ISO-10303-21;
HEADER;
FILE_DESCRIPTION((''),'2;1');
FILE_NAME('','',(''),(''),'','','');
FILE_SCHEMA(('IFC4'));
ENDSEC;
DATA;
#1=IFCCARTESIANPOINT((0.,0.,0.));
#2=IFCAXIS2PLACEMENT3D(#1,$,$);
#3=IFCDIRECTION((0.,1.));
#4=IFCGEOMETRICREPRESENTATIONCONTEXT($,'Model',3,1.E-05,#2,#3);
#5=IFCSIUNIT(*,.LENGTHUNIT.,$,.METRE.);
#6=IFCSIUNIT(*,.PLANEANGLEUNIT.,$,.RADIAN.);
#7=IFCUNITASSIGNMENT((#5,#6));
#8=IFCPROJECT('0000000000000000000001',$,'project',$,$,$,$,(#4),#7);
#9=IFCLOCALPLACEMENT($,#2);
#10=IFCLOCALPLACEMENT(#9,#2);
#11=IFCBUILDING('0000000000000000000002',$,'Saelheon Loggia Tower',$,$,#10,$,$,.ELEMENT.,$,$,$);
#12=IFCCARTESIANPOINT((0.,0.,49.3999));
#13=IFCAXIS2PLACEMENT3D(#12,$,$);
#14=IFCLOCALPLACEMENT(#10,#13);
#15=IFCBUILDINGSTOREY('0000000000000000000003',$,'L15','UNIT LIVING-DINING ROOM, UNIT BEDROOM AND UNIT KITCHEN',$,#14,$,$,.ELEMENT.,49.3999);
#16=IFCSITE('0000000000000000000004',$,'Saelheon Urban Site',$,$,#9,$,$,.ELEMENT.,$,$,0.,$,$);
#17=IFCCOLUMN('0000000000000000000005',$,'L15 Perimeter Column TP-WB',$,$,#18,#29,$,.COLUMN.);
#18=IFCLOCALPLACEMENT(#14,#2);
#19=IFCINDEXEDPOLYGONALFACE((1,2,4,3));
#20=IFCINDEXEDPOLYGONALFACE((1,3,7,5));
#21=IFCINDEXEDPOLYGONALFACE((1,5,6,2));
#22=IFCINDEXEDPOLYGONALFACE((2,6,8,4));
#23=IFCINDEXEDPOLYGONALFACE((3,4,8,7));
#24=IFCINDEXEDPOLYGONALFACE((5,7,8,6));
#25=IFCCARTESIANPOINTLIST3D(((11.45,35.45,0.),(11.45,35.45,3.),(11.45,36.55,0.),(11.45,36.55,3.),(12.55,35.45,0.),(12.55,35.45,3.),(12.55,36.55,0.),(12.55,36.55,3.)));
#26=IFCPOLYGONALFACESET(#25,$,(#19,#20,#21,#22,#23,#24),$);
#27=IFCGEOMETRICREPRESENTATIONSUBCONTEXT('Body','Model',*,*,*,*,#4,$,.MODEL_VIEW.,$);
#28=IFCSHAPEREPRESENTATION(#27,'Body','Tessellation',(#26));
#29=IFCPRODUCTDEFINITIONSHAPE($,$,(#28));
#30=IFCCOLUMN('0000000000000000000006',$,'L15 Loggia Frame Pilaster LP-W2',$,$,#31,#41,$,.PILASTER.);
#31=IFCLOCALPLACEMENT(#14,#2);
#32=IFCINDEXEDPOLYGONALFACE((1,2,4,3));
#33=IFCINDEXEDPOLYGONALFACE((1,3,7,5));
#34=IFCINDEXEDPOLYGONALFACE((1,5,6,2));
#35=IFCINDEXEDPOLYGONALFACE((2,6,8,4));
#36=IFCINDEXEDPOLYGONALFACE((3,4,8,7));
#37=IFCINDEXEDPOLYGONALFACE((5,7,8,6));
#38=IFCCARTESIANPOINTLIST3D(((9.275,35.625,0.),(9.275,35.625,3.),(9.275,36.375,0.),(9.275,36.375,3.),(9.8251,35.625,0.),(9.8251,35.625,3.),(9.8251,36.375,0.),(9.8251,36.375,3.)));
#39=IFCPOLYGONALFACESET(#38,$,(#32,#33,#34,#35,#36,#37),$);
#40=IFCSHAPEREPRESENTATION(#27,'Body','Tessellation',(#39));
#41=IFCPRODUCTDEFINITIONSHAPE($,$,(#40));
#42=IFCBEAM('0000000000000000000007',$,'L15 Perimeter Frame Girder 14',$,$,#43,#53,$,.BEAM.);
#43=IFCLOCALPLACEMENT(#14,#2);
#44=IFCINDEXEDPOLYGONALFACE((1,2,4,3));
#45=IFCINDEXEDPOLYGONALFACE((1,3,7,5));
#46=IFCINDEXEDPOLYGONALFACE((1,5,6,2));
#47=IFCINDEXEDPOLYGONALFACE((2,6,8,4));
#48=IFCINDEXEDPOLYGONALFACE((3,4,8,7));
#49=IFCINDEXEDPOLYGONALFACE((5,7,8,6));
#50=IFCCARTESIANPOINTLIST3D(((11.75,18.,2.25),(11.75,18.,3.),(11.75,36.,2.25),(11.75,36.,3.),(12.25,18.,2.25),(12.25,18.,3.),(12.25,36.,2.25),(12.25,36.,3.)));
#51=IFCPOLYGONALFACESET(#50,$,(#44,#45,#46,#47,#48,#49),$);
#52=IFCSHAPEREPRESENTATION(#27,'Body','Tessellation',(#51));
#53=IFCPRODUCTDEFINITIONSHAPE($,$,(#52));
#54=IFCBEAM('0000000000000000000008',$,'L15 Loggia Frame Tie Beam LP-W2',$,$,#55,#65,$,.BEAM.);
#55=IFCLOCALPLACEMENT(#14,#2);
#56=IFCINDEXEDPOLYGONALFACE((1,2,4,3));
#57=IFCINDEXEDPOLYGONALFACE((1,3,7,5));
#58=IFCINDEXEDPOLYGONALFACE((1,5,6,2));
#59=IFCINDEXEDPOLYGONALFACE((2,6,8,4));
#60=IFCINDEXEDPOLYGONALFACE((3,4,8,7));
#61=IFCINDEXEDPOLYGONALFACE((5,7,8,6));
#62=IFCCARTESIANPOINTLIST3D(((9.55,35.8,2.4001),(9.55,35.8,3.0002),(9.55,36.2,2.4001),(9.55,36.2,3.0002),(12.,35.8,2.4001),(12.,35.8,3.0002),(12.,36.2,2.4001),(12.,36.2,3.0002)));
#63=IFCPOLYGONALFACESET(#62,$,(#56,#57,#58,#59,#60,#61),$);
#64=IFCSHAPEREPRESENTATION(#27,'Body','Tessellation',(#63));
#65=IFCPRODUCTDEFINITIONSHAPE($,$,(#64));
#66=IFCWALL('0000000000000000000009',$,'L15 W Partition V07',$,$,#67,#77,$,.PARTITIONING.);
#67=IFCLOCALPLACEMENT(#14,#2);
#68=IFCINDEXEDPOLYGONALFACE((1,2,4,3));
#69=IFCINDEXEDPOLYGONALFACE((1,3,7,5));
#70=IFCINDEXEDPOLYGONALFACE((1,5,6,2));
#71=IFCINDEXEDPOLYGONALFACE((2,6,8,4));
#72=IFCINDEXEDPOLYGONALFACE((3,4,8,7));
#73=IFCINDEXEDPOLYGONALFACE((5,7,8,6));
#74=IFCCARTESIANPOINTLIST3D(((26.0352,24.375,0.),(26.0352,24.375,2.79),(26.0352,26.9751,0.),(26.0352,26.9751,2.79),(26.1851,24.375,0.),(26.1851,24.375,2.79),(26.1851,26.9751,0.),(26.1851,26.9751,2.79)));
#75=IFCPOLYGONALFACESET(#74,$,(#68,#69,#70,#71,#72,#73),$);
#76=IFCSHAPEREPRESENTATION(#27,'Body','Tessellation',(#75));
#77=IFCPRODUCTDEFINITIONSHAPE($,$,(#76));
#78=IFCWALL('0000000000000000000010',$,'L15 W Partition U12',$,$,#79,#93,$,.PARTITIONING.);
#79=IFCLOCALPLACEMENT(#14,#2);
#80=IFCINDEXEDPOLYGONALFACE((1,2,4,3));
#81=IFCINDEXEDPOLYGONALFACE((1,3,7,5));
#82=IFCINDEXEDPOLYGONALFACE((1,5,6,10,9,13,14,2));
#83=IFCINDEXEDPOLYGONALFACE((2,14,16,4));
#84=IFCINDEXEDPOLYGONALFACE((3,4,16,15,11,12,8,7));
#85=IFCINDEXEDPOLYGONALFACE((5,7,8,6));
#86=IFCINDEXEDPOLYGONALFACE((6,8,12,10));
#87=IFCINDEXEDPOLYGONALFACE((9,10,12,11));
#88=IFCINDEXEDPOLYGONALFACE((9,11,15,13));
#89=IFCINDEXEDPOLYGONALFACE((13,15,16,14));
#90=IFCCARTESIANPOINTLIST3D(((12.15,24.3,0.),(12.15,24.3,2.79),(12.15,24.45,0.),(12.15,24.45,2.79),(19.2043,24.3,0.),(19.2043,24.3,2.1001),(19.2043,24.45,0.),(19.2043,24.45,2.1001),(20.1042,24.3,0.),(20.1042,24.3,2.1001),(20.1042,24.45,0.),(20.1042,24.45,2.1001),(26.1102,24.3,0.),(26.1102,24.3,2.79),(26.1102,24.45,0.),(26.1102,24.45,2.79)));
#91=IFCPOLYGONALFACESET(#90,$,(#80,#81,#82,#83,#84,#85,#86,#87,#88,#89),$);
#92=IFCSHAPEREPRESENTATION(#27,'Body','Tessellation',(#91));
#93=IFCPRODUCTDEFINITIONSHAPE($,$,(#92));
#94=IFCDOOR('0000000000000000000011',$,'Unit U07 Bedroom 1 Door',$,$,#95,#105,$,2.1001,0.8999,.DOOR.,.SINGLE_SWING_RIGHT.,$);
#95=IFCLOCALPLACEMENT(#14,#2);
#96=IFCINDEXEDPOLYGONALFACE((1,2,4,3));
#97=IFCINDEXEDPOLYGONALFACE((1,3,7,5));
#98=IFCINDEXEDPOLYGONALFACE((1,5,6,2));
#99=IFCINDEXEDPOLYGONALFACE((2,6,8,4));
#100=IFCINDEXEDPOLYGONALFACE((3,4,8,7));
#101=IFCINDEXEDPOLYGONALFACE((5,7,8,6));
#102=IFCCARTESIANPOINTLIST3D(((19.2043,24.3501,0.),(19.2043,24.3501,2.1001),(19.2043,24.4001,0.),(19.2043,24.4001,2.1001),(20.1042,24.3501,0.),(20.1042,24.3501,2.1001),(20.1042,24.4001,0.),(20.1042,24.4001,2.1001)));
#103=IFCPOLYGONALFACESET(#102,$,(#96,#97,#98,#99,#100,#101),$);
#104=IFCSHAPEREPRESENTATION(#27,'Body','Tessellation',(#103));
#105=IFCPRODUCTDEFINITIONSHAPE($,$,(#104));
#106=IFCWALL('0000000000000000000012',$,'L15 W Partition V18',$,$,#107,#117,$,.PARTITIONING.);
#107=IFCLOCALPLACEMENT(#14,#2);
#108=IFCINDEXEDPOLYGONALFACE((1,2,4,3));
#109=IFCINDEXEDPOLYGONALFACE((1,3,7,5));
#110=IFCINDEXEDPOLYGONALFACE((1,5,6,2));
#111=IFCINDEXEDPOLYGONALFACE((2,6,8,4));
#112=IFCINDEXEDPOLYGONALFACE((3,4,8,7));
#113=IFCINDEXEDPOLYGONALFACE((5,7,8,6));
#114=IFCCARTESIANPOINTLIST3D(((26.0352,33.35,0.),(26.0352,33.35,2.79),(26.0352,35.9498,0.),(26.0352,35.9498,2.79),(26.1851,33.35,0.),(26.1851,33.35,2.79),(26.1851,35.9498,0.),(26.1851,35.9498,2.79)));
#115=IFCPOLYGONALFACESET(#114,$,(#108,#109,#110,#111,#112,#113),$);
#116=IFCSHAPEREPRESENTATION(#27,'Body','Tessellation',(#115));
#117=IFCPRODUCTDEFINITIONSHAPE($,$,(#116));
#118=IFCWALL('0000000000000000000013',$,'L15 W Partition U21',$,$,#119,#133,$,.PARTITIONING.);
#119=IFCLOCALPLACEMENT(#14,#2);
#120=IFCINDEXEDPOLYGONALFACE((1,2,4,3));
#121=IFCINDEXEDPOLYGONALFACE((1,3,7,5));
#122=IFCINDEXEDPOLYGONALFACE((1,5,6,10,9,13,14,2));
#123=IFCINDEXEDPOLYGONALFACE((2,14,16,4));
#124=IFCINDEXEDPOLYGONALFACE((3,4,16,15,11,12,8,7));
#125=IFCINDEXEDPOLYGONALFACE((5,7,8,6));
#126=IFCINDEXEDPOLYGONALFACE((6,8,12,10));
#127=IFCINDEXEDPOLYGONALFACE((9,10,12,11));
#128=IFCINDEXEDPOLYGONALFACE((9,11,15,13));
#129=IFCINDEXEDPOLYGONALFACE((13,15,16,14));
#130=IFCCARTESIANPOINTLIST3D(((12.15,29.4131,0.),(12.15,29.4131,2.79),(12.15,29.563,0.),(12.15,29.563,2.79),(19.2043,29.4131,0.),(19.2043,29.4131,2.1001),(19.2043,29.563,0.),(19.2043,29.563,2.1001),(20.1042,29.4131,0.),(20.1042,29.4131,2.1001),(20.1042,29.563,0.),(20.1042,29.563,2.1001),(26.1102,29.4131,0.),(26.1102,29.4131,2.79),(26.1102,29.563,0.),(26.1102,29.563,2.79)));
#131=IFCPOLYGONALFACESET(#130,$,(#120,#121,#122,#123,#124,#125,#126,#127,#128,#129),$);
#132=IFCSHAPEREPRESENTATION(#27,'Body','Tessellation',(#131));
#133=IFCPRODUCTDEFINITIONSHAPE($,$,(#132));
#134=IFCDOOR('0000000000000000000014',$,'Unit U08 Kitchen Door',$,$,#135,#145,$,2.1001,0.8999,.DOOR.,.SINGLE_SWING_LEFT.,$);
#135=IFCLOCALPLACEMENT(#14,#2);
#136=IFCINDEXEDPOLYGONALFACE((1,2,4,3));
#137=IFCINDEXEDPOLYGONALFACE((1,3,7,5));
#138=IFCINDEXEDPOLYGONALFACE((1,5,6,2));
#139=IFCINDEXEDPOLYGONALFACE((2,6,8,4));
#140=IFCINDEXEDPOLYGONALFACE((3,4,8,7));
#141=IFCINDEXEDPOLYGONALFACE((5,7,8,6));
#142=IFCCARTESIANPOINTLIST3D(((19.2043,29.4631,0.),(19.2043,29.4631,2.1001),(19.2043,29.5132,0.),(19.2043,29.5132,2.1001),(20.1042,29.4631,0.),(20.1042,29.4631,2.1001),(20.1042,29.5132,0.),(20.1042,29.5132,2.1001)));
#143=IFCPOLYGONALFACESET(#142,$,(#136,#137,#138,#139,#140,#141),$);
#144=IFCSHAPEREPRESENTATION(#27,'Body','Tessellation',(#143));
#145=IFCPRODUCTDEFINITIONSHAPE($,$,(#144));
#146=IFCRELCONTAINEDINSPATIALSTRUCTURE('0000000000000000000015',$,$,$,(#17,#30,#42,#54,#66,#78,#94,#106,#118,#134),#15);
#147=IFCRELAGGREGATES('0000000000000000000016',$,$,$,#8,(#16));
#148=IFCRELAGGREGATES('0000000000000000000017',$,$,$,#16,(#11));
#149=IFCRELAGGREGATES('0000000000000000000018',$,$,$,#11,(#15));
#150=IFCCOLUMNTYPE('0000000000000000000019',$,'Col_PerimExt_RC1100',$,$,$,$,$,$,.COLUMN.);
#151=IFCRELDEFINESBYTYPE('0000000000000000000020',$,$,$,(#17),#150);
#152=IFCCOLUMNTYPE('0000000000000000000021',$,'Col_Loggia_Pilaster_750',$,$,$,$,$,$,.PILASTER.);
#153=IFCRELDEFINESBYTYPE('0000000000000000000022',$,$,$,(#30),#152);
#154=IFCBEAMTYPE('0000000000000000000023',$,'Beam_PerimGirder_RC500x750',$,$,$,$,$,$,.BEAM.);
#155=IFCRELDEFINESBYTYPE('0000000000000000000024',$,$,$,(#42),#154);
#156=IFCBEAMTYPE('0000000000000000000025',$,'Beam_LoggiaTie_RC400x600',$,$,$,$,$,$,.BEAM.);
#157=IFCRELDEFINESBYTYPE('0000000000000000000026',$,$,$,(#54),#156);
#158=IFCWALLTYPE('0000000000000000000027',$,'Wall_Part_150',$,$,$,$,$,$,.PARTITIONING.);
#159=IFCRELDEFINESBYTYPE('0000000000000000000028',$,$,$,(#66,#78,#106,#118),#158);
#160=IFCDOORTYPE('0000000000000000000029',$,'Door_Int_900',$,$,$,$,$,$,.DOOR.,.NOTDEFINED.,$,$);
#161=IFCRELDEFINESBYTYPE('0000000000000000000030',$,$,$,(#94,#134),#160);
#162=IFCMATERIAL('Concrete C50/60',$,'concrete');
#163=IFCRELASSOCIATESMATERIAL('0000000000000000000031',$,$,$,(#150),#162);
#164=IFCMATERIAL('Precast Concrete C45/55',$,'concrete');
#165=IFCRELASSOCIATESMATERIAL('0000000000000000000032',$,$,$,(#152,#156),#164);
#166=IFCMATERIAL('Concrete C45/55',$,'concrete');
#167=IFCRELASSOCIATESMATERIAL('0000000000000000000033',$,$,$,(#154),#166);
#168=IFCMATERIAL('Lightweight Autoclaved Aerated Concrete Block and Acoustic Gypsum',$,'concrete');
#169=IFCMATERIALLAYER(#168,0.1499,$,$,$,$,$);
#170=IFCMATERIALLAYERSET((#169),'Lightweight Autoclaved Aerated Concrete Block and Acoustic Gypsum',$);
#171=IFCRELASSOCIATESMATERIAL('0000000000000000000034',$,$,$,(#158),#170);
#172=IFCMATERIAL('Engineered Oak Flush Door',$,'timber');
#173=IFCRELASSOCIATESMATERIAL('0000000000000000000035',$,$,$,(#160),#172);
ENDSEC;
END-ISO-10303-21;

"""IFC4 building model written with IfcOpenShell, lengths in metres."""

from ifc_helpers import new_model, si_unit, direction, frame, frame_2d, origin, origin_2d, place, context, subcontext, project, spatial, rectangle, extrude, source, transform, mapped, material, layer, layer_set, material_profile, profile_set, type_object, element, fill, save


model = new_model("IFC4")

# Units and contexts
model_context = context("Model", 3, precision=1e-05, world=origin(), true_north=direction((0.0, 1.0)))
body_context = subcontext(model_context, "Body", "Model", "MODEL_VIEW")
ifc_project = project(units=[si_unit("LENGTHUNIT", "METRE"), si_unit("PLANEANGLEUNIT", "RADIAN")], contexts=[model_context])

# Site, building, storey
site_placement = place(None, origin())
site = spatial("IfcSite", under=ifc_project, at=site_placement, Name="Saelheon Urban Site", CompositionType="ELEMENT", RefElevation=0.0)
building_placement = place(site_placement, origin())
building = spatial("IfcBuilding", under=site, at=building_placement, Name="Saelheon Loggia Tower", CompositionType="ELEMENT")
storey_placement = place(building_placement, frame((0.0, 0.0, 49.3999)))
storey = spatial("IfcBuildingStorey", under=building, at=storey_placement, Name="L15", Description="UNIT LIVING-DINING ROOM, UNIT BEDROOM AND UNIT KITCHEN", CompositionType="ELEMENT", Elevation=49.3999)

# Columns
ifc_material_1 = material(Name="Concrete C50/60", Category="concrete")
ifc_material_profile_1 = material_profile(ifc_material_1, rectangle(XDim=1.1001, YDim=1.1001, at=origin_2d()), Name="RC-1100x1100")
ifc_profile_set_1 = profile_set([ifc_material_profile_1], Name="Concrete C50/60")
column_type_1 = type_object("IfcColumnType", Name="Col_PerimExt_RC1100", PredefinedType="COLUMN", material=ifc_profile_set_1)
shared_shape_1 = source(origin(), body_context, "Body", "SweptSolid", [
    extrude(rectangle(XDim=1.1001, YDim=1.1001, at=origin_2d()), origin(), (0.0, 0.0, 1.0), 3.0),
])
column_1_placement = place(storey_placement, frame((12.0, 36.0, 0.0), z_axis=(0.0, 0.0, 1.0), x_axis=(1.0, 0.0, 0.0)))
element("IfcColumn", 1, at=column_1_placement, inside=storey, type_object=column_type_1, Name="L15 Perimeter Column TP-WB", PredefinedType="COLUMN", context=body_context, shape_type="MappedRepresentation", body=[
    mapped(shared_shape_1, transform((0.0, 0.0, 0.0), scale=1.0)),
])
ifc_material_2 = material(Name="Precast Concrete C45/55", Category="concrete")
ifc_material_profile_2 = material_profile(ifc_material_2, rectangle(XDim=0.55, YDim=0.75, at=origin_2d()), Name="RC-550x750")
ifc_profile_set_2 = profile_set([ifc_material_profile_2], Name="Precast Concrete C45/55")
column_type_2 = type_object("IfcColumnType", Name="Col_Loggia_Pilaster_750", PredefinedType="PILASTER", material=ifc_profile_set_2)
shared_shape_2 = source(origin(), body_context, "Body", "SweptSolid", [
    extrude(rectangle(XDim=0.55, YDim=0.75, at=origin_2d()), origin(), (0.0, 0.0, 1.0), 3.0),
])
column_2_placement = place(storey_placement, frame((9.55, 36.0, 0.0), z_axis=(0.0, 0.0, 1.0), x_axis=(1.0, 0.0, 0.0)))
element("IfcColumn", 2, at=column_2_placement, inside=storey, type_object=column_type_2, Name="L15 Loggia Frame Pilaster LP-W2", PredefinedType="PILASTER", context=body_context, shape_type="MappedRepresentation", body=[
    mapped(shared_shape_2, transform((0.0, 0.0, 0.0), scale=1.0)),
])

# Beams
ifc_material_3 = material(Name="Concrete C45/55", Category="concrete")
ifc_material_profile_3 = material_profile(ifc_material_3, rectangle(XDim=0.5, YDim=0.75, at=origin_2d()), Name="RC-500x750")
ifc_profile_set_3 = profile_set([ifc_material_profile_3], Name="Concrete C45/55")
beam_type_1 = type_object("IfcBeamType", Name="Beam_PerimGirder_RC500x750", PredefinedType="BEAM", material=ifc_profile_set_3)
shared_shape_3 = source(origin(), body_context, "Body", "SweptSolid", [
    extrude(rectangle(XDim=0.5, YDim=0.75, at=origin_2d()), origin(), (0.0, 0.0, 1.0), 18.0),
])
beam_1_placement = place(storey_placement, frame((12.0, 36.0, 2.625), z_axis=(0.0, -1.0, 0.0), x_axis=(1.0, 0.0, 0.0)))
element("IfcBeam", 3, at=beam_1_placement, inside=storey, type_object=beam_type_1, Name="L15 Perimeter Frame Girder 14", PredefinedType="BEAM", context=body_context, shape_type="MappedRepresentation", body=[
    mapped(shared_shape_3, transform((0.0, 0.0, 0.0), scale=1.0)),
])
ifc_material_profile_4 = material_profile(ifc_material_2, rectangle(XDim=0.3999, YDim=0.6001, at=origin_2d()), Name="RC-400x600")
ifc_profile_set_4 = profile_set([ifc_material_profile_4], Name="Precast Concrete C45/55")
beam_type_2 = type_object("IfcBeamType", Name="Beam_LoggiaTie_RC400x600", PredefinedType="BEAM", material=ifc_profile_set_4)
shared_shape_4 = source(origin(), body_context, "Body", "SweptSolid", [
    extrude(rectangle(XDim=0.3999, YDim=0.6001, at=origin_2d()), origin(), (0.0, 0.0, 1.0), 2.45),
])
beam_2_placement = place(storey_placement, frame((12.0, 36.0, 2.7002), z_axis=(-1.0, 0.0, 0.0), x_axis=(0.0, -1.0, 0.0)))
element("IfcBeam", 4, at=beam_2_placement, inside=storey, type_object=beam_type_2, Name="L15 Loggia Frame Tie Beam LP-W2", PredefinedType="BEAM", context=body_context, shape_type="MappedRepresentation", body=[
    mapped(shared_shape_4, transform((0.0, 0.0, 0.0), scale=1.0)),
])

# Wall
ifc_material_4 = material(Name="Lightweight Autoclaved Aerated Concrete Block and Acoustic Gypsum", Category="concrete")
ifc_layer_1 = layer(ifc_material_4, 0.1499)
ifc_layer_set_1 = layer_set([ifc_layer_1], Name="Lightweight Autoclaved Aerated Concrete Block and Acoustic Gypsum")
wall_type_1 = type_object("IfcWallType", Name="Wall_Part_150", PredefinedType="PARTITIONING", material=ifc_layer_set_1)
wall_1_placement = place(storey_placement, frame((26.1101, 24.375, 0.0), z_axis=(0.0, 0.0, 1.0), x_axis=(0.0, 1.0, 0.0)))
element("IfcWall", 5, at=wall_1_placement, inside=storey, type_object=wall_type_1, Name="L15 W Partition V07", PredefinedType="PARTITIONING", context=body_context, shape_type="SweptSolid", body=[
    extrude(rectangle(XDim=2.6001, YDim=0.1499, at=frame_2d((1.3, 0.0))), origin(), (0.0, 0.0, 1.0), 2.79),
])

# Wall, opening, door
wall_2_placement = place(storey_placement, frame((26.1101, 24.375, 0.0), z_axis=(0.0, 0.0, 1.0), x_axis=(-1.0, 0.0, 0.0)))
wall_2 = element("IfcWall", 6, at=wall_2_placement, inside=storey, type_object=wall_type_1, Name="L15 W Partition U12", PredefinedType="PARTITIONING", context=body_context, shape_type="SweptSolid", body=[
    extrude(rectangle(XDim=13.9602, YDim=0.1499, at=frame_2d((6.98, 0.0))), origin(), (0.0, 0.0, 1.0), 2.79),
])
opening_1_placement = place(wall_2_placement, frame((6.0059, 0.0, 0.0)))
opening_1 = element("IfcOpeningElement", 7, at=opening_1_placement, cuts=wall_2, PredefinedType="OPENING", context=body_context, shape_type="SweptSolid", body=[
    extrude(rectangle(XDim=0.8999, YDim=2.1001, at=frame_2d((0.45, 1.05))), frame((0.0, 0.0869, 0.0), z_axis=(0.0, -1.0, 0.0), x_axis=(1.0, 0.0, 0.0)), (0.0, 0.0, 1.0), 0.1738),
])
ifc_material_5 = material(Name="Engineered Oak Flush Door", Category="timber")
door_type_1 = type_object("IfcDoorType", Name="Door_Int_900", OperationType="NOTDEFINED", PredefinedType="DOOR", material=ifc_material_5)
shared_shape_5 = source(origin(), body_context, "Body", "SweptSolid", [
    extrude(rectangle(XDim=0.8999, YDim=2.1001, at=frame_2d((0.45, 1.05))), frame((0.0, 0.0249, 0.0), z_axis=(0.0, -1.0, 0.0), x_axis=(1.0, 0.0, 0.0)), (0.0, 0.0, 1.0), 0.05),
])
door_1_placement = place(opening_1_placement, origin())
door_1 = element("IfcDoor", 8, at=door_1_placement, inside=storey, type_object=door_type_1, Name="Unit U07 Bedroom 1 Door", OperationType="SINGLE_SWING_RIGHT", OverallHeight=2.1001, OverallWidth=0.8999, PredefinedType="DOOR", context=body_context, shape_type="MappedRepresentation", body=[
    mapped(shared_shape_5, transform((0.0, 0.0, 0.0), scale=1.0)),
])
fill(opening_1, door_1)

# Wall
wall_3_placement = place(storey_placement, frame((26.1101, 33.3501, 0.0), z_axis=(0.0, 0.0, 1.0), x_axis=(0.0, 1.0, 0.0)))
element("IfcWall", 9, at=wall_3_placement, inside=storey, type_object=wall_type_1, Name="L15 W Partition V18", PredefinedType="PARTITIONING", context=body_context, shape_type="SweptSolid", body=[
    extrude(rectangle(XDim=2.5999, YDim=0.1499, at=frame_2d((1.2998, 0.0))), origin(), (0.0, 0.0, 1.0), 2.79),
])

# Wall, opening, door
wall_4_placement = place(storey_placement, frame((26.1101, 29.488, 0.0), z_axis=(0.0, 0.0, 1.0), x_axis=(-1.0, 0.0, 0.0)))
wall_4 = element("IfcWall", 10, at=wall_4_placement, inside=storey, type_object=wall_type_1, Name="L15 W Partition U21", PredefinedType="PARTITIONING", context=body_context, shape_type="SweptSolid", body=[
    extrude(rectangle(XDim=13.9602, YDim=0.1499, at=frame_2d((6.98, 0.0))), origin(), (0.0, 0.0, 1.0), 2.79),
])
opening_2_placement = place(wall_4_placement, frame((6.0059, 0.0, 0.0)))
opening_2 = element("IfcOpeningElement", 11, at=opening_2_placement, cuts=wall_4, PredefinedType="OPENING", context=body_context, shape_type="SweptSolid", body=[
    extrude(rectangle(XDim=0.8999, YDim=2.1001, at=frame_2d((0.45, 1.05))), frame((0.0, 0.0869, 0.0), z_axis=(0.0, -1.0, 0.0), x_axis=(1.0, 0.0, 0.0)), (0.0, 0.0, 1.0), 0.1738),
])
door_2_placement = place(opening_2_placement, origin())
door_2 = element("IfcDoor", 12, at=door_2_placement, inside=storey, type_object=door_type_1, Name="Unit U08 Kitchen Door", OperationType="SINGLE_SWING_LEFT", OverallHeight=2.1001, OverallWidth=0.8999, PredefinedType="DOOR", context=body_context, shape_type="MappedRepresentation", body=[
    mapped(shared_shape_5, transform((0.0, 0.0, 0.0), scale=1.0)),
])
fill(opening_2, door_2)

save(model, "model.ifc")
